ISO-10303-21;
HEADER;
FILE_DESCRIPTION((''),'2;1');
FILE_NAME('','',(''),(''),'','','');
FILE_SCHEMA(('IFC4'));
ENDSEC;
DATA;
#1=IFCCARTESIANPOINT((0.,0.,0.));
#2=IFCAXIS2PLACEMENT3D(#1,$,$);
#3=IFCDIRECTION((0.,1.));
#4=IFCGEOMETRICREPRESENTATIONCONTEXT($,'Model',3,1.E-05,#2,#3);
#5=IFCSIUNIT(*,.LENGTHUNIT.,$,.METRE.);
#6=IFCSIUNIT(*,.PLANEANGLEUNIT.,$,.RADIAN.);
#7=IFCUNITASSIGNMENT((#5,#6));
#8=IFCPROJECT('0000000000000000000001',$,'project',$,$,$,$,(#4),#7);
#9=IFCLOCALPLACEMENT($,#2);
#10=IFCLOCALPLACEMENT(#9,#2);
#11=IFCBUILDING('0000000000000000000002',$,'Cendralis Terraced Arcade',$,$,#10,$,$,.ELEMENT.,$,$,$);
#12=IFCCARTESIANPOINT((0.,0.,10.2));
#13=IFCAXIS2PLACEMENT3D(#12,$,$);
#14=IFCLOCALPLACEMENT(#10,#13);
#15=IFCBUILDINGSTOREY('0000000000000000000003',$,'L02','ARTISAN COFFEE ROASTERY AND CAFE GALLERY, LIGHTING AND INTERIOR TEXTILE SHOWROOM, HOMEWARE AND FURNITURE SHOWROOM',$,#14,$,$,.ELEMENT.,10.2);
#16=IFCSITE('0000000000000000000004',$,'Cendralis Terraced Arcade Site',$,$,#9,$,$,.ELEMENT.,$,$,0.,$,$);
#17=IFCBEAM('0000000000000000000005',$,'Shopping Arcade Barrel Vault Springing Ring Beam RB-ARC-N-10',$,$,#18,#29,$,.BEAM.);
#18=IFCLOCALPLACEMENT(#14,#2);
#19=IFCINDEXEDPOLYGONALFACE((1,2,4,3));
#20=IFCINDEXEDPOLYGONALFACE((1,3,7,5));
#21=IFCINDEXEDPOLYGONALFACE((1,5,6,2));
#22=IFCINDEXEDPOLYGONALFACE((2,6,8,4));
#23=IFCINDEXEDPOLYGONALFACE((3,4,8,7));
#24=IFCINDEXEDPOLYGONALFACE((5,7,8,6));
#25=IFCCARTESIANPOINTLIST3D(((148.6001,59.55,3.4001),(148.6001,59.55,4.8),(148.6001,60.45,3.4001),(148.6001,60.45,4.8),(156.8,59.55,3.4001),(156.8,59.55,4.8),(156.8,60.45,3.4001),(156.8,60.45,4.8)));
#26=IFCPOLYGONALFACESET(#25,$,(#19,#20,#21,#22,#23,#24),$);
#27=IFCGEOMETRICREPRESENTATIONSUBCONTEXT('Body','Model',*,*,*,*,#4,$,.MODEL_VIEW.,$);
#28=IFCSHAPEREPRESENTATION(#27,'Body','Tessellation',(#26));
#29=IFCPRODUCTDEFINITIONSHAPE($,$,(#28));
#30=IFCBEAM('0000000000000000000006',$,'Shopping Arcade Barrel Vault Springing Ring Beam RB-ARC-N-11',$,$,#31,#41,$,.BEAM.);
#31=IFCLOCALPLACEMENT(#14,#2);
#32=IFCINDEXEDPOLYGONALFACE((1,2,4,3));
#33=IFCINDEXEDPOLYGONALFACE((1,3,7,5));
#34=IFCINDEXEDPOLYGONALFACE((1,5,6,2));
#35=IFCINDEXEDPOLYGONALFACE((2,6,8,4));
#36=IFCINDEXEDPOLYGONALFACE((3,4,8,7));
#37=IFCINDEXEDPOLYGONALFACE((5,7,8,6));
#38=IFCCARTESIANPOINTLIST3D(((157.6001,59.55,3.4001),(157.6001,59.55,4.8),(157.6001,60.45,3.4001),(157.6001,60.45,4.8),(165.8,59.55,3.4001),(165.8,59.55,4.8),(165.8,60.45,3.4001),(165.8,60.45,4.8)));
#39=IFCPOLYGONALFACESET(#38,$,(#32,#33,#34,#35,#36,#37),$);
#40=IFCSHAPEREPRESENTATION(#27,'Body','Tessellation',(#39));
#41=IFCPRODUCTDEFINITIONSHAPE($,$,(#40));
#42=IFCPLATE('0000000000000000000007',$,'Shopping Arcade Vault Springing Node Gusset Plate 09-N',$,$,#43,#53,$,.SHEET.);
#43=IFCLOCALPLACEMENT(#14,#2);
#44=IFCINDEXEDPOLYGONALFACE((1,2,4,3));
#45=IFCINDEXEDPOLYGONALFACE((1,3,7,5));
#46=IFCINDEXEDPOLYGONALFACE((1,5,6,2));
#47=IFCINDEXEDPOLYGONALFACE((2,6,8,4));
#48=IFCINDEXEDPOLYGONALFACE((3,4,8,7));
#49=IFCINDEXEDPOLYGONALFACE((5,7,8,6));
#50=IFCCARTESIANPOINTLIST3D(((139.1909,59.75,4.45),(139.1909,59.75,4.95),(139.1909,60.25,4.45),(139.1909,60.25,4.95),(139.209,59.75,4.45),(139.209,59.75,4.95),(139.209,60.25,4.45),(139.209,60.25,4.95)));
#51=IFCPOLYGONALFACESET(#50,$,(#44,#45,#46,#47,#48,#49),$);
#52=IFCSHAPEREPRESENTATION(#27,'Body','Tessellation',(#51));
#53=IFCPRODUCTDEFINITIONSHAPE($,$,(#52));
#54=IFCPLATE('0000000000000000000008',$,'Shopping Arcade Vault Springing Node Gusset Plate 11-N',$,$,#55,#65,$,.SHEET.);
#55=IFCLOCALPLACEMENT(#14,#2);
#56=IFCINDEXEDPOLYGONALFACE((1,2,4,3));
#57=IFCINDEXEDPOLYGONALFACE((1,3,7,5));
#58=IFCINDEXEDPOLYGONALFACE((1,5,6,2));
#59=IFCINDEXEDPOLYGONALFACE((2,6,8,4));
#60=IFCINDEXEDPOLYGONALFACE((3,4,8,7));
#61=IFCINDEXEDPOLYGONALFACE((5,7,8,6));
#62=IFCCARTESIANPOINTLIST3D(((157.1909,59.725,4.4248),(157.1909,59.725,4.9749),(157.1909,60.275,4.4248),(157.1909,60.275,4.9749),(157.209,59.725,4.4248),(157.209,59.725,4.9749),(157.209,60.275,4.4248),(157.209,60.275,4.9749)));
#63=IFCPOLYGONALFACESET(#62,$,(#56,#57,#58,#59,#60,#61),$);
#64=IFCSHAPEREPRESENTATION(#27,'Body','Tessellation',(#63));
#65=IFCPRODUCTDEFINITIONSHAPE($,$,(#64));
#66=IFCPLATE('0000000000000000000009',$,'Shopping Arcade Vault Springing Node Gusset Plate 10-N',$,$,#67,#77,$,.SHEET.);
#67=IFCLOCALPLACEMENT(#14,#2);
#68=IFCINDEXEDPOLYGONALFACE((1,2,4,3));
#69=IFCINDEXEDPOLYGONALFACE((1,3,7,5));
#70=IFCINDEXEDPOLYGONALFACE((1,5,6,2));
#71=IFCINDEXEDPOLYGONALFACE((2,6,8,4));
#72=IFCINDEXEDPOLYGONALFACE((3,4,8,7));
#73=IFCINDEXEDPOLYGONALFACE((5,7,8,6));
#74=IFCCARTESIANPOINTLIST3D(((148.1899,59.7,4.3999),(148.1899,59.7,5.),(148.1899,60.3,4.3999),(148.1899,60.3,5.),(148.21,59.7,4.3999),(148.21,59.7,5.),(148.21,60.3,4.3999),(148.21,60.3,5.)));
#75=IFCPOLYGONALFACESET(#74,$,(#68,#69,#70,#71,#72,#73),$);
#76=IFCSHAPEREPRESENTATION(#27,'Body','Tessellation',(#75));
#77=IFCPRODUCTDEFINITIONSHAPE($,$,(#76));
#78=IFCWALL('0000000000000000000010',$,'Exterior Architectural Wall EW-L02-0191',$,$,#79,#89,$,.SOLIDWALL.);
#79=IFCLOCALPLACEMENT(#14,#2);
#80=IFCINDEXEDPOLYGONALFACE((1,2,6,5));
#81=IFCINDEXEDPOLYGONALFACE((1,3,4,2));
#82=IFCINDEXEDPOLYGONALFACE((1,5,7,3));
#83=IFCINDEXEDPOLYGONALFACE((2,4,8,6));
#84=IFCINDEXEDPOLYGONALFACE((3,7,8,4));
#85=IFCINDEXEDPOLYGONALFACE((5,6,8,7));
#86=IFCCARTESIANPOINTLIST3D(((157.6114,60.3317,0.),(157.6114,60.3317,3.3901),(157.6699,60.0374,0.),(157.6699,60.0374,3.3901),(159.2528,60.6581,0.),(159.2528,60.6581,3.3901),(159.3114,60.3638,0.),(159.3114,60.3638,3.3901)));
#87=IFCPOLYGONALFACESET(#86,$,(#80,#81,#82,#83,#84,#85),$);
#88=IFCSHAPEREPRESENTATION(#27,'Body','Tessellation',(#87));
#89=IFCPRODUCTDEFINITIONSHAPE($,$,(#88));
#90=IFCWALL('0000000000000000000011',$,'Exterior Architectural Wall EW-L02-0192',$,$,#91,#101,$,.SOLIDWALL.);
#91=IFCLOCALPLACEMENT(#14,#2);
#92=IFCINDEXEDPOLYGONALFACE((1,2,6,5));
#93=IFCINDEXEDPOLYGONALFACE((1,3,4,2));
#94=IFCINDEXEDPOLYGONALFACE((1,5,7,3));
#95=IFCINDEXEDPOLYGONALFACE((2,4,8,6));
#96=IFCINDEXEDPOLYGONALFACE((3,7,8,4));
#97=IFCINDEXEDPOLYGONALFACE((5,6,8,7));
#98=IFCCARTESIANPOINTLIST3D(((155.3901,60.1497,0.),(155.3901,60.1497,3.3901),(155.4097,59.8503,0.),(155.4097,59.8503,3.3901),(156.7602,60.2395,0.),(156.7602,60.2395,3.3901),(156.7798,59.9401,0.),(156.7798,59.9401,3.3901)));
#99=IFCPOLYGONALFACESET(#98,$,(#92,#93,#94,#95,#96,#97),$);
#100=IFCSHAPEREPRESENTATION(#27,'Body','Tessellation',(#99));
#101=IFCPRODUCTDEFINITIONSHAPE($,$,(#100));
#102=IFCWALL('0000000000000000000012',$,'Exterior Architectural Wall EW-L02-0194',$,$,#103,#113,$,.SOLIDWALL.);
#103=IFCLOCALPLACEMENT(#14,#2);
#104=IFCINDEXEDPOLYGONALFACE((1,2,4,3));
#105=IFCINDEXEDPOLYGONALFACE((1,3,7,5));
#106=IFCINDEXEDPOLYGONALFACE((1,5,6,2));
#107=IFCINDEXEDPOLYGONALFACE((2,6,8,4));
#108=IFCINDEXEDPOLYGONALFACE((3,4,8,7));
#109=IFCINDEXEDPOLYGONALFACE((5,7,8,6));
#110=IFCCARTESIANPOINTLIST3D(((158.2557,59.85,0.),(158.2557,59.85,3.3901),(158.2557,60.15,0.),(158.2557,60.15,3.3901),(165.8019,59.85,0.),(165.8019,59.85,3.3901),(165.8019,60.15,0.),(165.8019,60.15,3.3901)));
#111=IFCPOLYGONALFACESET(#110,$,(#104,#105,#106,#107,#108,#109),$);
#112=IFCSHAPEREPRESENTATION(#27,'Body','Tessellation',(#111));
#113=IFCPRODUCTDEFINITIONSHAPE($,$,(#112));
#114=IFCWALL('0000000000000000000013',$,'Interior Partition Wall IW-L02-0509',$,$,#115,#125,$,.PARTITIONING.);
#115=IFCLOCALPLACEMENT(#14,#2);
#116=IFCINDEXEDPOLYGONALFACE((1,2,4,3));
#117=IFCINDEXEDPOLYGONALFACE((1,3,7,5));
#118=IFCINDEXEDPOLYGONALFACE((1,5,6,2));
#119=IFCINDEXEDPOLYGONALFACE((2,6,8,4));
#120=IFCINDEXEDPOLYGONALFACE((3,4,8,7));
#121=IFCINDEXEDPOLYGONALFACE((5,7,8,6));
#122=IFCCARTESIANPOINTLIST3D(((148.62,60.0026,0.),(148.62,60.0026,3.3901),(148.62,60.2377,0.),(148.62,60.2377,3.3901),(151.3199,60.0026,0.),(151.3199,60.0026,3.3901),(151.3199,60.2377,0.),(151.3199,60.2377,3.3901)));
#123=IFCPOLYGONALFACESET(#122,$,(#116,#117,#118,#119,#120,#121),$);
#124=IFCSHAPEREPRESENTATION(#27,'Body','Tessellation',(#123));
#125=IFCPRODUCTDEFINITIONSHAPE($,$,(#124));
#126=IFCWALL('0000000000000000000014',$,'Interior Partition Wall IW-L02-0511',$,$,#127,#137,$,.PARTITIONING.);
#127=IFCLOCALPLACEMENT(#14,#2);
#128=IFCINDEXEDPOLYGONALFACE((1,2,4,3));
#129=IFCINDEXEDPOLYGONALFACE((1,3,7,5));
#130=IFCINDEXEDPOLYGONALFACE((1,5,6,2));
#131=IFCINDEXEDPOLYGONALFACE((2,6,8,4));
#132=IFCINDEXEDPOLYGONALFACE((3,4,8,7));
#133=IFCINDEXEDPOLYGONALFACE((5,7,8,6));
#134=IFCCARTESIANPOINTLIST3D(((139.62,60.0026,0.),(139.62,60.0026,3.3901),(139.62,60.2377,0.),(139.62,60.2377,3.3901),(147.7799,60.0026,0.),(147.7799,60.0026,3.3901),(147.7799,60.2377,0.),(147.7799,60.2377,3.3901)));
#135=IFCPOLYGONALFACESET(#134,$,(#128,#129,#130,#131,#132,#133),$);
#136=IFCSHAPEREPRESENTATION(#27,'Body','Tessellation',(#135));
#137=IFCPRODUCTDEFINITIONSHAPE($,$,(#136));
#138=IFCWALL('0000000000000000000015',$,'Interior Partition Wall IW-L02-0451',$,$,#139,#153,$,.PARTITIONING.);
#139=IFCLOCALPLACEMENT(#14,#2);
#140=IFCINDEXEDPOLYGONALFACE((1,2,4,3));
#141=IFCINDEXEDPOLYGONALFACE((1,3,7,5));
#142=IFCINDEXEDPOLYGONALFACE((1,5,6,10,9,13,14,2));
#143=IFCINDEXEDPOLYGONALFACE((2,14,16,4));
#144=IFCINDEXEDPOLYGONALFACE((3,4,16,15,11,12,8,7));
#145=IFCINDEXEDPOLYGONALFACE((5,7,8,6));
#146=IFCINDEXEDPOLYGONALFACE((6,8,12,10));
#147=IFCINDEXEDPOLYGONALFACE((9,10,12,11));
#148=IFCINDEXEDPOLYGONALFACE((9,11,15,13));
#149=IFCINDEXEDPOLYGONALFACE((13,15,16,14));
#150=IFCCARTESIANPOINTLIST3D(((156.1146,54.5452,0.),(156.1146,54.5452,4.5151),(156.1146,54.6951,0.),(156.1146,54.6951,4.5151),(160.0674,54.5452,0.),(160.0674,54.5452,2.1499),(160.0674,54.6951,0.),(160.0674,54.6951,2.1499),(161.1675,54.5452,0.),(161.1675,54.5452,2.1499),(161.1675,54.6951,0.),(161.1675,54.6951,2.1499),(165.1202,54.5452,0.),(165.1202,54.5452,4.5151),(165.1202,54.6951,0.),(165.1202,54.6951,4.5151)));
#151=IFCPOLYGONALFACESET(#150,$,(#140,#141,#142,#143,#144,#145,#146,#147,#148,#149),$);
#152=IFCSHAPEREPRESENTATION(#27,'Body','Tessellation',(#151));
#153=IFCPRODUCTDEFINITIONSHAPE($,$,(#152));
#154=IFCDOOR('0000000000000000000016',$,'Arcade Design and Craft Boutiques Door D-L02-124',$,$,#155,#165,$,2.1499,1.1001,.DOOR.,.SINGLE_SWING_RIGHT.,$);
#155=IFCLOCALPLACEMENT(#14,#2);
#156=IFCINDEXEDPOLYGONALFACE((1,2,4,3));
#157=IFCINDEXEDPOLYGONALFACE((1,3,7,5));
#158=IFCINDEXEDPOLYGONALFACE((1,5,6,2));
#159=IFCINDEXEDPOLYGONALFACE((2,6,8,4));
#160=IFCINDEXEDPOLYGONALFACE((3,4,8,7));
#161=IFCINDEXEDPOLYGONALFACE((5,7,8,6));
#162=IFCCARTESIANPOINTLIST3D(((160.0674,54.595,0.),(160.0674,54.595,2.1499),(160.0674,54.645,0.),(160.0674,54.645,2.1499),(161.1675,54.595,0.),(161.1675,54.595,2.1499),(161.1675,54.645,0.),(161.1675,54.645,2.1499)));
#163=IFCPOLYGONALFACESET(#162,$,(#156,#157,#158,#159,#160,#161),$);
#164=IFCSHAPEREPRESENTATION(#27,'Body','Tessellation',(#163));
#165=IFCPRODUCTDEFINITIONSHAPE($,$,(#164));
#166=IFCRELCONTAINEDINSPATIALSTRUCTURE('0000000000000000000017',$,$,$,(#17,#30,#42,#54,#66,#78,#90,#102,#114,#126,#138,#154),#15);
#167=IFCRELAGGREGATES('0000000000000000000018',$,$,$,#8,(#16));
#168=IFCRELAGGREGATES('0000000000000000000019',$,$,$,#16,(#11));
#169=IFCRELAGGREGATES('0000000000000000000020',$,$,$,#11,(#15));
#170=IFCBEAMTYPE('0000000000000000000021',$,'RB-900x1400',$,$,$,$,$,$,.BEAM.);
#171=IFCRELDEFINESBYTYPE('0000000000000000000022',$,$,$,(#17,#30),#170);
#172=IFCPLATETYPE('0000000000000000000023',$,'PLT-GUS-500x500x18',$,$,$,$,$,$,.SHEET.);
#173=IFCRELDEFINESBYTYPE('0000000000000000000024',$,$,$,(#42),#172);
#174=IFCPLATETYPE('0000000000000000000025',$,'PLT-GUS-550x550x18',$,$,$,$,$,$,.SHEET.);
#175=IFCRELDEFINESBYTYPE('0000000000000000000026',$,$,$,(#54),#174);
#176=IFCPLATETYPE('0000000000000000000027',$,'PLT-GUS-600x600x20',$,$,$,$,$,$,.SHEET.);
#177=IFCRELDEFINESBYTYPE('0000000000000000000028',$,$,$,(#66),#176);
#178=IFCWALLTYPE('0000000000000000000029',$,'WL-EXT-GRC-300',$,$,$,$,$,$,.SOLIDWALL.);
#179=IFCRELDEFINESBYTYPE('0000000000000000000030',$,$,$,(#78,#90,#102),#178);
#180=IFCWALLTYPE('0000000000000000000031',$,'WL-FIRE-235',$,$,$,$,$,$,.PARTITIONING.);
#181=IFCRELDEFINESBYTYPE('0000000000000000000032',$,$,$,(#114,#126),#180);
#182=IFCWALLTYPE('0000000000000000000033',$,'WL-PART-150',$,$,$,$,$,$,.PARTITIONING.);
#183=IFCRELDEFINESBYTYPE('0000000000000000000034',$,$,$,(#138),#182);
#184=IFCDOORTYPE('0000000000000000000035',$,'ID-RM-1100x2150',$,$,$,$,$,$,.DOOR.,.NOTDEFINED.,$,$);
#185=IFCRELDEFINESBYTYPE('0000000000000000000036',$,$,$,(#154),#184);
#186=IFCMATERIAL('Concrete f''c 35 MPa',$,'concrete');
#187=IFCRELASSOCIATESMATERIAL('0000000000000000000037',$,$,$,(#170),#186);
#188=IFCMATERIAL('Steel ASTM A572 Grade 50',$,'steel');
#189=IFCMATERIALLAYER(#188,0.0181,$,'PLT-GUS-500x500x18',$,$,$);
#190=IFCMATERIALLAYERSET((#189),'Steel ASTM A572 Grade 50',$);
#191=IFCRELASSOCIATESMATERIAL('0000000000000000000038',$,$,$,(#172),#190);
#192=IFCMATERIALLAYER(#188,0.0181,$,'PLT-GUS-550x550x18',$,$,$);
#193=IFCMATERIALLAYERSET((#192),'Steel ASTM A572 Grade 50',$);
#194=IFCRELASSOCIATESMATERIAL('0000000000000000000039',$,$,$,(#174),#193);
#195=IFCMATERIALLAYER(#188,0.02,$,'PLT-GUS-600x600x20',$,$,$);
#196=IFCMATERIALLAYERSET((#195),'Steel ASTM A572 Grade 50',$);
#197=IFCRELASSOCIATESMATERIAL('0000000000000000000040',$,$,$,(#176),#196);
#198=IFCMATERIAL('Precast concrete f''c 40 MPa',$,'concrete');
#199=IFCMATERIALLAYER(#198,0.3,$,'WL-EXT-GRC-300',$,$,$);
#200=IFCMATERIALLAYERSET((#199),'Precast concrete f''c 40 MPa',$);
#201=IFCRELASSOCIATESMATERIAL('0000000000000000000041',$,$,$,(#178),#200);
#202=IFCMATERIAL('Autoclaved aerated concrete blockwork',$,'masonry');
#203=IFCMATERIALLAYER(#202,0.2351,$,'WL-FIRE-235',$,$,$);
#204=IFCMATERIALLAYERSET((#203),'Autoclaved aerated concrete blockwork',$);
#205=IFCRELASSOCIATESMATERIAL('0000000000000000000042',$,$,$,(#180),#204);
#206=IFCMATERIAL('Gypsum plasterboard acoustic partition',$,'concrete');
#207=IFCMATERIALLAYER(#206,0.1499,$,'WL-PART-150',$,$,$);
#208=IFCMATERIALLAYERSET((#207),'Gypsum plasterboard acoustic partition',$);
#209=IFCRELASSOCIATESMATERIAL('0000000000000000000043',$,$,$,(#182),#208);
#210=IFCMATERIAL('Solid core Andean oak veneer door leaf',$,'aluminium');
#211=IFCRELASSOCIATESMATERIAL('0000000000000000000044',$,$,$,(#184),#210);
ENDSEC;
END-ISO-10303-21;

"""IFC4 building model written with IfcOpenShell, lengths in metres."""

from ifc_helpers import new_model, si_unit, direction, frame, frame_2d, origin, origin_2d, place, context, subcontext, project, spatial, rectangle, extrude, material, layer, layer_set, material_profile, profile_set, type_object, element, fill, save


model = new_model("IFC4")

# Units and contexts
model_context = context("Model", 3, precision=1e-05, world=origin(), true_north=direction((0.0, 1.0)))
body_context = subcontext(model_context, "Body", "Model", "MODEL_VIEW")
ifc_project = project(units=[si_unit("LENGTHUNIT", "METRE"), si_unit("PLANEANGLEUNIT", "RADIAN")], contexts=[model_context])

# Site, building, storey
site_placement = place(None, origin())
site = spatial("IfcSite", under=ifc_project, at=site_placement, Name="Cendralis Terraced Arcade Site", CompositionType="ELEMENT", RefElevation=0.0)
building_placement = place(site_placement, origin())
building = spatial("IfcBuilding", under=site, at=building_placement, Name="Cendralis Terraced Arcade", CompositionType="ELEMENT")
storey_placement = place(building_placement, frame((0.0, 0.0, 10.2)))
storey = spatial("IfcBuildingStorey", under=building, at=storey_placement, Name="L02", Description="ARTISAN COFFEE ROASTERY AND CAFE GALLERY, LIGHTING AND INTERIOR TEXTILE SHOWROOM, HOMEWARE AND FURNITURE SHOWROOM", CompositionType="ELEMENT", Elevation=10.2)

# Shared definitions
ifc_material_1 = material(Name="Concrete f'c 35 MPa", Category="concrete")

# Beams
ifc_material_profile_1 = material_profile(ifc_material_1, rectangle(XDim=0.8999, YDim=1.3999, at=origin_2d()), Name="RC-RB-900x1400", Category="LoadBearing")
ifc_profile_set_1 = profile_set([ifc_material_profile_1], Name="Concrete f'c 35 MPa")
beam_type_1 = type_object("IfcBeamType", Name="RB-900x1400", PredefinedType="BEAM", material=ifc_profile_set_1)
for number, where, z_axis, x_axis, name in (
    (1, (148.6001, 60.0, 4.1001), (1.0, 0.0, 0.0), (0.0, 1.0, 0.0), "Shopping Arcade Barrel Vault Springing Ring Beam RB-ARC-N-10"),
    (2, (157.6001, 60.0, 4.1001), (1.0, 0.0, 0.0), (0.0, 1.0, 0.0), "Shopping Arcade Barrel Vault Springing Ring Beam RB-ARC-N-11"),
):
    element("IfcBeam", number, at=place(storey_placement, frame(where, z_axis=z_axis, x_axis=x_axis)), inside=storey, type_object=beam_type_1, Name=name, PredefinedType="BEAM", context=body_context, shape_type="SweptSolid", body=[
        extrude(rectangle(XDim=0.8999, YDim=1.3999, at=origin_2d()), origin(), (0.0, 0.0, 1.0), 8.2),
    ])

# Plates
ifc_material_2 = material(Name="Steel ASTM A572 Grade 50", Category="steel")
ifc_layer_1 = layer(ifc_material_2, 0.0181, Name="PLT-GUS-500x500x18")
ifc_layer_set_1 = layer_set([ifc_layer_1], Name="Steel ASTM A572 Grade 50")
plate_type_1 = type_object("IfcPlateType", Name="PLT-GUS-500x500x18", PredefinedType="SHEET", material=ifc_layer_set_1)
plate_1_placement = place(storey_placement, frame((139.2, 60.0, 4.45), z_axis=(0.0, 0.0, 1.0), x_axis=(0.0, 1.0, 0.0)))
element("IfcPlate", 3, at=plate_1_placement, inside=storey, type_object=plate_type_1, Name="Shopping Arcade Vault Springing Node Gusset Plate 09-N", PredefinedType="SHEET", context=body_context, shape_type="SweptSolid", body=[
    extrude(rectangle(XDim=0.5, YDim=0.0181, at=origin_2d()), origin(), (0.0, 0.0, 1.0), 0.5),
])
ifc_layer_2 = layer(ifc_material_2, 0.0181, Name="PLT-GUS-550x550x18")
ifc_layer_set_2 = layer_set([ifc_layer_2], Name="Steel ASTM A572 Grade 50")
plate_type_2 = type_object("IfcPlateType", Name="PLT-GUS-550x550x18", PredefinedType="SHEET", material=ifc_layer_set_2)
plate_2_placement = place(storey_placement, frame((157.2, 60.0, 4.4248), z_axis=(0.0, 0.0, 1.0), x_axis=(0.0, 1.0, 0.0)))
element("IfcPlate", 4, at=plate_2_placement, inside=storey, type_object=plate_type_2, Name="Shopping Arcade Vault Springing Node Gusset Plate 11-N", PredefinedType="SHEET", context=body_context, shape_type="SweptSolid", body=[
    extrude(rectangle(XDim=0.55, YDim=0.0181, at=origin_2d()), origin(), (0.0, 0.0, 1.0), 0.55),
])
ifc_layer_3 = layer(ifc_material_2, 0.02, Name="PLT-GUS-600x600x20")
ifc_layer_set_3 = layer_set([ifc_layer_3], Name="Steel ASTM A572 Grade 50")
plate_type_3 = type_object("IfcPlateType", Name="PLT-GUS-600x600x20", PredefinedType="SHEET", material=ifc_layer_set_3)
plate_3_placement = place(storey_placement, frame((148.2, 60.0, 4.3999), z_axis=(0.0, 0.0, 1.0), x_axis=(0.0, 1.0, 0.0)))
element("IfcPlate", 5, at=plate_3_placement, inside=storey, type_object=plate_type_3, Name="Shopping Arcade Vault Springing Node Gusset Plate 10-N", PredefinedType="SHEET", context=body_context, shape_type="SweptSolid", body=[
    extrude(rectangle(XDim=0.6001, YDim=0.02, at=origin_2d()), origin(), (0.0, 0.0, 1.0), 0.6001),
])

# Walls
ifc_material_3 = material(Name="Precast concrete f'c 40 MPa", Category="concrete")
ifc_layer_4 = layer(ifc_material_3, 0.3, Name="WL-EXT-GRC-300")
ifc_layer_set_4 = layer_set([ifc_layer_4], Name="Precast concrete f'c 40 MPa")
wall_type_1 = type_object("IfcWallType", Name="WL-EXT-GRC-300", PredefinedType="SOLIDWALL", material=ifc_layer_set_4)
wall_1_placement = place(storey_placement, frame((159.2822, 60.511, 0.0), z_axis=(0.0, 0.0, 1.0), x_axis=(-0.980793, -0.19505, 0.0)))
element("IfcWall", 6, at=wall_1_placement, inside=storey, type_object=wall_type_1, Name="Exterior Architectural Wall EW-L02-0191", PredefinedType="SOLIDWALL", context=body_context, shape_type="SweptSolid", body=[
    extrude(rectangle(XDim=1.6736, YDim=0.3, at=frame_2d((0.8369, 0.0))), origin(), (0.0, 0.0, 1.0), 3.3901),
])
wall_2_placement = place(storey_placement, frame((156.77, 60.0898, 0.0), z_axis=(0.0, 0.0, 1.0), x_axis=(-0.997857, -0.065433, 0.0)))
element("IfcWall", 7, at=wall_2_placement, inside=storey, type_object=wall_type_1, Name="Exterior Architectural Wall EW-L02-0192", PredefinedType="SOLIDWALL", context=body_context, shape_type="SweptSolid", body=[
    extrude(rectangle(XDim=1.373, YDim=0.3, at=frame_2d((0.6865, 0.0))), origin(), (0.0, 0.0, 1.0), 3.3901),
])
wall_3_placement = place(storey_placement, frame((158.2559, 60.0, 0.0), z_axis=(0.0, 0.0, 1.0), x_axis=(1.0, 0.0, 0.0)))
element("IfcWall", 8, at=wall_3_placement, inside=storey, type_object=wall_type_1, Name="Exterior Architectural Wall EW-L02-0194", PredefinedType="SOLIDWALL", context=body_context, shape_type="SweptSolid", body=[
    extrude(rectangle(XDim=7.5461, YDim=0.3, at=frame_2d((3.7729, 0.0))), origin(), (0.0, 0.0, 1.0), 3.3901),
])
ifc_material_4 = material(Name="Autoclaved aerated concrete blockwork", Category="masonry")
ifc_layer_5 = layer(ifc_material_4, 0.2351, Name="WL-FIRE-235")
ifc_layer_set_5 = layer_set([ifc_layer_5], Name="Autoclaved aerated concrete blockwork")
wall_type_2 = type_object("IfcWallType", Name="WL-FIRE-235", PredefinedType="PARTITIONING", material=ifc_layer_set_5)
wall_4_placement = place(storey_placement, frame((151.3201, 60.1201, 0.0), z_axis=(0.0, 0.0, 1.0), x_axis=(-1.0, 0.0, 0.0)))
element("IfcWall", 9, at=wall_4_placement, inside=storey, type_object=wall_type_2, Name="Interior Partition Wall IW-L02-0509", PredefinedType="PARTITIONING", context=body_context, shape_type="SweptSolid", body=[
    extrude(rectangle(XDim=2.7, YDim=0.2351, at=frame_2d((1.3501, 0.0))), origin(), (0.0, 0.0, 1.0), 3.3901),
])
wall_5_placement = place(storey_placement, frame((147.78, 60.1201, 0.0), z_axis=(0.0, 0.0, 1.0), x_axis=(-1.0, 0.0, 0.0)))
element("IfcWall", 10, at=wall_5_placement, inside=storey, type_object=wall_type_2, Name="Interior Partition Wall IW-L02-0511", PredefinedType="PARTITIONING", context=body_context, shape_type="SweptSolid", body=[
    extrude(rectangle(XDim=8.1599, YDim=0.2351, at=frame_2d((4.0801, 0.0))), origin(), (0.0, 0.0, 1.0), 3.3901),
])

# Wall, opening, door
ifc_material_5 = material(Name="Gypsum plasterboard acoustic partition", Category="concrete")
ifc_layer_6 = layer(ifc_material_5, 0.1499, Name="WL-PART-150")
ifc_layer_set_6 = layer_set([ifc_layer_6], Name="Gypsum plasterboard acoustic partition")
wall_type_3 = type_object("IfcWallType", Name="WL-PART-150", PredefinedType="PARTITIONING", material=ifc_layer_set_6)
wall_6_placement = place(storey_placement, frame((156.1145, 54.6201, 0.0), z_axis=(0.0, 0.0, 1.0), x_axis=(1.0, 0.0, 0.0)))
wall_6 = element("IfcWall", 11, at=wall_6_placement, inside=storey, type_object=wall_type_3, Name="Interior Partition Wall IW-L02-0451", PredefinedType="PARTITIONING", context=body_context, shape_type="SweptSolid", body=[
    extrude(rectangle(XDim=9.0056, YDim=0.1499, at=frame_2d((4.5029, 0.0))), origin(), (0.0, 0.0, 1.0), 4.5151),
])
opening_placement = place(wall_6_placement, frame((3.9529, 0.0, 0.0)))
opening = element("IfcOpeningElement", 12, at=opening_placement, cuts=wall_6, PredefinedType="OPENING", context=body_context, shape_type="SweptSolid", body=[
    extrude(rectangle(XDim=1.1001, YDim=2.1499, at=frame_2d((0.55, 1.075))), frame((0.0, 0.0869, 0.0), z_axis=(0.0, -1.0, 0.0), x_axis=(1.0, 0.0, 0.0)), (0.0, 0.0, 1.0), 0.1738),
])
ifc_material_6 = material(Name="Solid core Andean oak veneer door leaf", Category="aluminium")
door_type = type_object("IfcDoorType", Name="ID-RM-1100x2150", OperationType="NOTDEFINED", PredefinedType="DOOR", material=ifc_material_6)
door_placement = place(opening_placement, origin())
door = element("IfcDoor", 13, at=door_placement, inside=storey, type_object=door_type, Name="Arcade Design and Craft Boutiques Door D-L02-124", OperationType="SINGLE_SWING_RIGHT", OverallHeight=2.1499, OverallWidth=1.1001, PredefinedType="DOOR", context=body_context, shape_type="SweptSolid", body=[
    extrude(rectangle(XDim=1.1001, YDim=2.1499, at=frame_2d((0.55, 1.075))), frame((0.0, 0.0249, 0.0), z_axis=(0.0, -1.0, 0.0), x_axis=(1.0, 0.0, 0.0)), (0.0, 0.0, 1.0), 0.05),
])
fill(opening, door)

save(model, "model.ifc")
